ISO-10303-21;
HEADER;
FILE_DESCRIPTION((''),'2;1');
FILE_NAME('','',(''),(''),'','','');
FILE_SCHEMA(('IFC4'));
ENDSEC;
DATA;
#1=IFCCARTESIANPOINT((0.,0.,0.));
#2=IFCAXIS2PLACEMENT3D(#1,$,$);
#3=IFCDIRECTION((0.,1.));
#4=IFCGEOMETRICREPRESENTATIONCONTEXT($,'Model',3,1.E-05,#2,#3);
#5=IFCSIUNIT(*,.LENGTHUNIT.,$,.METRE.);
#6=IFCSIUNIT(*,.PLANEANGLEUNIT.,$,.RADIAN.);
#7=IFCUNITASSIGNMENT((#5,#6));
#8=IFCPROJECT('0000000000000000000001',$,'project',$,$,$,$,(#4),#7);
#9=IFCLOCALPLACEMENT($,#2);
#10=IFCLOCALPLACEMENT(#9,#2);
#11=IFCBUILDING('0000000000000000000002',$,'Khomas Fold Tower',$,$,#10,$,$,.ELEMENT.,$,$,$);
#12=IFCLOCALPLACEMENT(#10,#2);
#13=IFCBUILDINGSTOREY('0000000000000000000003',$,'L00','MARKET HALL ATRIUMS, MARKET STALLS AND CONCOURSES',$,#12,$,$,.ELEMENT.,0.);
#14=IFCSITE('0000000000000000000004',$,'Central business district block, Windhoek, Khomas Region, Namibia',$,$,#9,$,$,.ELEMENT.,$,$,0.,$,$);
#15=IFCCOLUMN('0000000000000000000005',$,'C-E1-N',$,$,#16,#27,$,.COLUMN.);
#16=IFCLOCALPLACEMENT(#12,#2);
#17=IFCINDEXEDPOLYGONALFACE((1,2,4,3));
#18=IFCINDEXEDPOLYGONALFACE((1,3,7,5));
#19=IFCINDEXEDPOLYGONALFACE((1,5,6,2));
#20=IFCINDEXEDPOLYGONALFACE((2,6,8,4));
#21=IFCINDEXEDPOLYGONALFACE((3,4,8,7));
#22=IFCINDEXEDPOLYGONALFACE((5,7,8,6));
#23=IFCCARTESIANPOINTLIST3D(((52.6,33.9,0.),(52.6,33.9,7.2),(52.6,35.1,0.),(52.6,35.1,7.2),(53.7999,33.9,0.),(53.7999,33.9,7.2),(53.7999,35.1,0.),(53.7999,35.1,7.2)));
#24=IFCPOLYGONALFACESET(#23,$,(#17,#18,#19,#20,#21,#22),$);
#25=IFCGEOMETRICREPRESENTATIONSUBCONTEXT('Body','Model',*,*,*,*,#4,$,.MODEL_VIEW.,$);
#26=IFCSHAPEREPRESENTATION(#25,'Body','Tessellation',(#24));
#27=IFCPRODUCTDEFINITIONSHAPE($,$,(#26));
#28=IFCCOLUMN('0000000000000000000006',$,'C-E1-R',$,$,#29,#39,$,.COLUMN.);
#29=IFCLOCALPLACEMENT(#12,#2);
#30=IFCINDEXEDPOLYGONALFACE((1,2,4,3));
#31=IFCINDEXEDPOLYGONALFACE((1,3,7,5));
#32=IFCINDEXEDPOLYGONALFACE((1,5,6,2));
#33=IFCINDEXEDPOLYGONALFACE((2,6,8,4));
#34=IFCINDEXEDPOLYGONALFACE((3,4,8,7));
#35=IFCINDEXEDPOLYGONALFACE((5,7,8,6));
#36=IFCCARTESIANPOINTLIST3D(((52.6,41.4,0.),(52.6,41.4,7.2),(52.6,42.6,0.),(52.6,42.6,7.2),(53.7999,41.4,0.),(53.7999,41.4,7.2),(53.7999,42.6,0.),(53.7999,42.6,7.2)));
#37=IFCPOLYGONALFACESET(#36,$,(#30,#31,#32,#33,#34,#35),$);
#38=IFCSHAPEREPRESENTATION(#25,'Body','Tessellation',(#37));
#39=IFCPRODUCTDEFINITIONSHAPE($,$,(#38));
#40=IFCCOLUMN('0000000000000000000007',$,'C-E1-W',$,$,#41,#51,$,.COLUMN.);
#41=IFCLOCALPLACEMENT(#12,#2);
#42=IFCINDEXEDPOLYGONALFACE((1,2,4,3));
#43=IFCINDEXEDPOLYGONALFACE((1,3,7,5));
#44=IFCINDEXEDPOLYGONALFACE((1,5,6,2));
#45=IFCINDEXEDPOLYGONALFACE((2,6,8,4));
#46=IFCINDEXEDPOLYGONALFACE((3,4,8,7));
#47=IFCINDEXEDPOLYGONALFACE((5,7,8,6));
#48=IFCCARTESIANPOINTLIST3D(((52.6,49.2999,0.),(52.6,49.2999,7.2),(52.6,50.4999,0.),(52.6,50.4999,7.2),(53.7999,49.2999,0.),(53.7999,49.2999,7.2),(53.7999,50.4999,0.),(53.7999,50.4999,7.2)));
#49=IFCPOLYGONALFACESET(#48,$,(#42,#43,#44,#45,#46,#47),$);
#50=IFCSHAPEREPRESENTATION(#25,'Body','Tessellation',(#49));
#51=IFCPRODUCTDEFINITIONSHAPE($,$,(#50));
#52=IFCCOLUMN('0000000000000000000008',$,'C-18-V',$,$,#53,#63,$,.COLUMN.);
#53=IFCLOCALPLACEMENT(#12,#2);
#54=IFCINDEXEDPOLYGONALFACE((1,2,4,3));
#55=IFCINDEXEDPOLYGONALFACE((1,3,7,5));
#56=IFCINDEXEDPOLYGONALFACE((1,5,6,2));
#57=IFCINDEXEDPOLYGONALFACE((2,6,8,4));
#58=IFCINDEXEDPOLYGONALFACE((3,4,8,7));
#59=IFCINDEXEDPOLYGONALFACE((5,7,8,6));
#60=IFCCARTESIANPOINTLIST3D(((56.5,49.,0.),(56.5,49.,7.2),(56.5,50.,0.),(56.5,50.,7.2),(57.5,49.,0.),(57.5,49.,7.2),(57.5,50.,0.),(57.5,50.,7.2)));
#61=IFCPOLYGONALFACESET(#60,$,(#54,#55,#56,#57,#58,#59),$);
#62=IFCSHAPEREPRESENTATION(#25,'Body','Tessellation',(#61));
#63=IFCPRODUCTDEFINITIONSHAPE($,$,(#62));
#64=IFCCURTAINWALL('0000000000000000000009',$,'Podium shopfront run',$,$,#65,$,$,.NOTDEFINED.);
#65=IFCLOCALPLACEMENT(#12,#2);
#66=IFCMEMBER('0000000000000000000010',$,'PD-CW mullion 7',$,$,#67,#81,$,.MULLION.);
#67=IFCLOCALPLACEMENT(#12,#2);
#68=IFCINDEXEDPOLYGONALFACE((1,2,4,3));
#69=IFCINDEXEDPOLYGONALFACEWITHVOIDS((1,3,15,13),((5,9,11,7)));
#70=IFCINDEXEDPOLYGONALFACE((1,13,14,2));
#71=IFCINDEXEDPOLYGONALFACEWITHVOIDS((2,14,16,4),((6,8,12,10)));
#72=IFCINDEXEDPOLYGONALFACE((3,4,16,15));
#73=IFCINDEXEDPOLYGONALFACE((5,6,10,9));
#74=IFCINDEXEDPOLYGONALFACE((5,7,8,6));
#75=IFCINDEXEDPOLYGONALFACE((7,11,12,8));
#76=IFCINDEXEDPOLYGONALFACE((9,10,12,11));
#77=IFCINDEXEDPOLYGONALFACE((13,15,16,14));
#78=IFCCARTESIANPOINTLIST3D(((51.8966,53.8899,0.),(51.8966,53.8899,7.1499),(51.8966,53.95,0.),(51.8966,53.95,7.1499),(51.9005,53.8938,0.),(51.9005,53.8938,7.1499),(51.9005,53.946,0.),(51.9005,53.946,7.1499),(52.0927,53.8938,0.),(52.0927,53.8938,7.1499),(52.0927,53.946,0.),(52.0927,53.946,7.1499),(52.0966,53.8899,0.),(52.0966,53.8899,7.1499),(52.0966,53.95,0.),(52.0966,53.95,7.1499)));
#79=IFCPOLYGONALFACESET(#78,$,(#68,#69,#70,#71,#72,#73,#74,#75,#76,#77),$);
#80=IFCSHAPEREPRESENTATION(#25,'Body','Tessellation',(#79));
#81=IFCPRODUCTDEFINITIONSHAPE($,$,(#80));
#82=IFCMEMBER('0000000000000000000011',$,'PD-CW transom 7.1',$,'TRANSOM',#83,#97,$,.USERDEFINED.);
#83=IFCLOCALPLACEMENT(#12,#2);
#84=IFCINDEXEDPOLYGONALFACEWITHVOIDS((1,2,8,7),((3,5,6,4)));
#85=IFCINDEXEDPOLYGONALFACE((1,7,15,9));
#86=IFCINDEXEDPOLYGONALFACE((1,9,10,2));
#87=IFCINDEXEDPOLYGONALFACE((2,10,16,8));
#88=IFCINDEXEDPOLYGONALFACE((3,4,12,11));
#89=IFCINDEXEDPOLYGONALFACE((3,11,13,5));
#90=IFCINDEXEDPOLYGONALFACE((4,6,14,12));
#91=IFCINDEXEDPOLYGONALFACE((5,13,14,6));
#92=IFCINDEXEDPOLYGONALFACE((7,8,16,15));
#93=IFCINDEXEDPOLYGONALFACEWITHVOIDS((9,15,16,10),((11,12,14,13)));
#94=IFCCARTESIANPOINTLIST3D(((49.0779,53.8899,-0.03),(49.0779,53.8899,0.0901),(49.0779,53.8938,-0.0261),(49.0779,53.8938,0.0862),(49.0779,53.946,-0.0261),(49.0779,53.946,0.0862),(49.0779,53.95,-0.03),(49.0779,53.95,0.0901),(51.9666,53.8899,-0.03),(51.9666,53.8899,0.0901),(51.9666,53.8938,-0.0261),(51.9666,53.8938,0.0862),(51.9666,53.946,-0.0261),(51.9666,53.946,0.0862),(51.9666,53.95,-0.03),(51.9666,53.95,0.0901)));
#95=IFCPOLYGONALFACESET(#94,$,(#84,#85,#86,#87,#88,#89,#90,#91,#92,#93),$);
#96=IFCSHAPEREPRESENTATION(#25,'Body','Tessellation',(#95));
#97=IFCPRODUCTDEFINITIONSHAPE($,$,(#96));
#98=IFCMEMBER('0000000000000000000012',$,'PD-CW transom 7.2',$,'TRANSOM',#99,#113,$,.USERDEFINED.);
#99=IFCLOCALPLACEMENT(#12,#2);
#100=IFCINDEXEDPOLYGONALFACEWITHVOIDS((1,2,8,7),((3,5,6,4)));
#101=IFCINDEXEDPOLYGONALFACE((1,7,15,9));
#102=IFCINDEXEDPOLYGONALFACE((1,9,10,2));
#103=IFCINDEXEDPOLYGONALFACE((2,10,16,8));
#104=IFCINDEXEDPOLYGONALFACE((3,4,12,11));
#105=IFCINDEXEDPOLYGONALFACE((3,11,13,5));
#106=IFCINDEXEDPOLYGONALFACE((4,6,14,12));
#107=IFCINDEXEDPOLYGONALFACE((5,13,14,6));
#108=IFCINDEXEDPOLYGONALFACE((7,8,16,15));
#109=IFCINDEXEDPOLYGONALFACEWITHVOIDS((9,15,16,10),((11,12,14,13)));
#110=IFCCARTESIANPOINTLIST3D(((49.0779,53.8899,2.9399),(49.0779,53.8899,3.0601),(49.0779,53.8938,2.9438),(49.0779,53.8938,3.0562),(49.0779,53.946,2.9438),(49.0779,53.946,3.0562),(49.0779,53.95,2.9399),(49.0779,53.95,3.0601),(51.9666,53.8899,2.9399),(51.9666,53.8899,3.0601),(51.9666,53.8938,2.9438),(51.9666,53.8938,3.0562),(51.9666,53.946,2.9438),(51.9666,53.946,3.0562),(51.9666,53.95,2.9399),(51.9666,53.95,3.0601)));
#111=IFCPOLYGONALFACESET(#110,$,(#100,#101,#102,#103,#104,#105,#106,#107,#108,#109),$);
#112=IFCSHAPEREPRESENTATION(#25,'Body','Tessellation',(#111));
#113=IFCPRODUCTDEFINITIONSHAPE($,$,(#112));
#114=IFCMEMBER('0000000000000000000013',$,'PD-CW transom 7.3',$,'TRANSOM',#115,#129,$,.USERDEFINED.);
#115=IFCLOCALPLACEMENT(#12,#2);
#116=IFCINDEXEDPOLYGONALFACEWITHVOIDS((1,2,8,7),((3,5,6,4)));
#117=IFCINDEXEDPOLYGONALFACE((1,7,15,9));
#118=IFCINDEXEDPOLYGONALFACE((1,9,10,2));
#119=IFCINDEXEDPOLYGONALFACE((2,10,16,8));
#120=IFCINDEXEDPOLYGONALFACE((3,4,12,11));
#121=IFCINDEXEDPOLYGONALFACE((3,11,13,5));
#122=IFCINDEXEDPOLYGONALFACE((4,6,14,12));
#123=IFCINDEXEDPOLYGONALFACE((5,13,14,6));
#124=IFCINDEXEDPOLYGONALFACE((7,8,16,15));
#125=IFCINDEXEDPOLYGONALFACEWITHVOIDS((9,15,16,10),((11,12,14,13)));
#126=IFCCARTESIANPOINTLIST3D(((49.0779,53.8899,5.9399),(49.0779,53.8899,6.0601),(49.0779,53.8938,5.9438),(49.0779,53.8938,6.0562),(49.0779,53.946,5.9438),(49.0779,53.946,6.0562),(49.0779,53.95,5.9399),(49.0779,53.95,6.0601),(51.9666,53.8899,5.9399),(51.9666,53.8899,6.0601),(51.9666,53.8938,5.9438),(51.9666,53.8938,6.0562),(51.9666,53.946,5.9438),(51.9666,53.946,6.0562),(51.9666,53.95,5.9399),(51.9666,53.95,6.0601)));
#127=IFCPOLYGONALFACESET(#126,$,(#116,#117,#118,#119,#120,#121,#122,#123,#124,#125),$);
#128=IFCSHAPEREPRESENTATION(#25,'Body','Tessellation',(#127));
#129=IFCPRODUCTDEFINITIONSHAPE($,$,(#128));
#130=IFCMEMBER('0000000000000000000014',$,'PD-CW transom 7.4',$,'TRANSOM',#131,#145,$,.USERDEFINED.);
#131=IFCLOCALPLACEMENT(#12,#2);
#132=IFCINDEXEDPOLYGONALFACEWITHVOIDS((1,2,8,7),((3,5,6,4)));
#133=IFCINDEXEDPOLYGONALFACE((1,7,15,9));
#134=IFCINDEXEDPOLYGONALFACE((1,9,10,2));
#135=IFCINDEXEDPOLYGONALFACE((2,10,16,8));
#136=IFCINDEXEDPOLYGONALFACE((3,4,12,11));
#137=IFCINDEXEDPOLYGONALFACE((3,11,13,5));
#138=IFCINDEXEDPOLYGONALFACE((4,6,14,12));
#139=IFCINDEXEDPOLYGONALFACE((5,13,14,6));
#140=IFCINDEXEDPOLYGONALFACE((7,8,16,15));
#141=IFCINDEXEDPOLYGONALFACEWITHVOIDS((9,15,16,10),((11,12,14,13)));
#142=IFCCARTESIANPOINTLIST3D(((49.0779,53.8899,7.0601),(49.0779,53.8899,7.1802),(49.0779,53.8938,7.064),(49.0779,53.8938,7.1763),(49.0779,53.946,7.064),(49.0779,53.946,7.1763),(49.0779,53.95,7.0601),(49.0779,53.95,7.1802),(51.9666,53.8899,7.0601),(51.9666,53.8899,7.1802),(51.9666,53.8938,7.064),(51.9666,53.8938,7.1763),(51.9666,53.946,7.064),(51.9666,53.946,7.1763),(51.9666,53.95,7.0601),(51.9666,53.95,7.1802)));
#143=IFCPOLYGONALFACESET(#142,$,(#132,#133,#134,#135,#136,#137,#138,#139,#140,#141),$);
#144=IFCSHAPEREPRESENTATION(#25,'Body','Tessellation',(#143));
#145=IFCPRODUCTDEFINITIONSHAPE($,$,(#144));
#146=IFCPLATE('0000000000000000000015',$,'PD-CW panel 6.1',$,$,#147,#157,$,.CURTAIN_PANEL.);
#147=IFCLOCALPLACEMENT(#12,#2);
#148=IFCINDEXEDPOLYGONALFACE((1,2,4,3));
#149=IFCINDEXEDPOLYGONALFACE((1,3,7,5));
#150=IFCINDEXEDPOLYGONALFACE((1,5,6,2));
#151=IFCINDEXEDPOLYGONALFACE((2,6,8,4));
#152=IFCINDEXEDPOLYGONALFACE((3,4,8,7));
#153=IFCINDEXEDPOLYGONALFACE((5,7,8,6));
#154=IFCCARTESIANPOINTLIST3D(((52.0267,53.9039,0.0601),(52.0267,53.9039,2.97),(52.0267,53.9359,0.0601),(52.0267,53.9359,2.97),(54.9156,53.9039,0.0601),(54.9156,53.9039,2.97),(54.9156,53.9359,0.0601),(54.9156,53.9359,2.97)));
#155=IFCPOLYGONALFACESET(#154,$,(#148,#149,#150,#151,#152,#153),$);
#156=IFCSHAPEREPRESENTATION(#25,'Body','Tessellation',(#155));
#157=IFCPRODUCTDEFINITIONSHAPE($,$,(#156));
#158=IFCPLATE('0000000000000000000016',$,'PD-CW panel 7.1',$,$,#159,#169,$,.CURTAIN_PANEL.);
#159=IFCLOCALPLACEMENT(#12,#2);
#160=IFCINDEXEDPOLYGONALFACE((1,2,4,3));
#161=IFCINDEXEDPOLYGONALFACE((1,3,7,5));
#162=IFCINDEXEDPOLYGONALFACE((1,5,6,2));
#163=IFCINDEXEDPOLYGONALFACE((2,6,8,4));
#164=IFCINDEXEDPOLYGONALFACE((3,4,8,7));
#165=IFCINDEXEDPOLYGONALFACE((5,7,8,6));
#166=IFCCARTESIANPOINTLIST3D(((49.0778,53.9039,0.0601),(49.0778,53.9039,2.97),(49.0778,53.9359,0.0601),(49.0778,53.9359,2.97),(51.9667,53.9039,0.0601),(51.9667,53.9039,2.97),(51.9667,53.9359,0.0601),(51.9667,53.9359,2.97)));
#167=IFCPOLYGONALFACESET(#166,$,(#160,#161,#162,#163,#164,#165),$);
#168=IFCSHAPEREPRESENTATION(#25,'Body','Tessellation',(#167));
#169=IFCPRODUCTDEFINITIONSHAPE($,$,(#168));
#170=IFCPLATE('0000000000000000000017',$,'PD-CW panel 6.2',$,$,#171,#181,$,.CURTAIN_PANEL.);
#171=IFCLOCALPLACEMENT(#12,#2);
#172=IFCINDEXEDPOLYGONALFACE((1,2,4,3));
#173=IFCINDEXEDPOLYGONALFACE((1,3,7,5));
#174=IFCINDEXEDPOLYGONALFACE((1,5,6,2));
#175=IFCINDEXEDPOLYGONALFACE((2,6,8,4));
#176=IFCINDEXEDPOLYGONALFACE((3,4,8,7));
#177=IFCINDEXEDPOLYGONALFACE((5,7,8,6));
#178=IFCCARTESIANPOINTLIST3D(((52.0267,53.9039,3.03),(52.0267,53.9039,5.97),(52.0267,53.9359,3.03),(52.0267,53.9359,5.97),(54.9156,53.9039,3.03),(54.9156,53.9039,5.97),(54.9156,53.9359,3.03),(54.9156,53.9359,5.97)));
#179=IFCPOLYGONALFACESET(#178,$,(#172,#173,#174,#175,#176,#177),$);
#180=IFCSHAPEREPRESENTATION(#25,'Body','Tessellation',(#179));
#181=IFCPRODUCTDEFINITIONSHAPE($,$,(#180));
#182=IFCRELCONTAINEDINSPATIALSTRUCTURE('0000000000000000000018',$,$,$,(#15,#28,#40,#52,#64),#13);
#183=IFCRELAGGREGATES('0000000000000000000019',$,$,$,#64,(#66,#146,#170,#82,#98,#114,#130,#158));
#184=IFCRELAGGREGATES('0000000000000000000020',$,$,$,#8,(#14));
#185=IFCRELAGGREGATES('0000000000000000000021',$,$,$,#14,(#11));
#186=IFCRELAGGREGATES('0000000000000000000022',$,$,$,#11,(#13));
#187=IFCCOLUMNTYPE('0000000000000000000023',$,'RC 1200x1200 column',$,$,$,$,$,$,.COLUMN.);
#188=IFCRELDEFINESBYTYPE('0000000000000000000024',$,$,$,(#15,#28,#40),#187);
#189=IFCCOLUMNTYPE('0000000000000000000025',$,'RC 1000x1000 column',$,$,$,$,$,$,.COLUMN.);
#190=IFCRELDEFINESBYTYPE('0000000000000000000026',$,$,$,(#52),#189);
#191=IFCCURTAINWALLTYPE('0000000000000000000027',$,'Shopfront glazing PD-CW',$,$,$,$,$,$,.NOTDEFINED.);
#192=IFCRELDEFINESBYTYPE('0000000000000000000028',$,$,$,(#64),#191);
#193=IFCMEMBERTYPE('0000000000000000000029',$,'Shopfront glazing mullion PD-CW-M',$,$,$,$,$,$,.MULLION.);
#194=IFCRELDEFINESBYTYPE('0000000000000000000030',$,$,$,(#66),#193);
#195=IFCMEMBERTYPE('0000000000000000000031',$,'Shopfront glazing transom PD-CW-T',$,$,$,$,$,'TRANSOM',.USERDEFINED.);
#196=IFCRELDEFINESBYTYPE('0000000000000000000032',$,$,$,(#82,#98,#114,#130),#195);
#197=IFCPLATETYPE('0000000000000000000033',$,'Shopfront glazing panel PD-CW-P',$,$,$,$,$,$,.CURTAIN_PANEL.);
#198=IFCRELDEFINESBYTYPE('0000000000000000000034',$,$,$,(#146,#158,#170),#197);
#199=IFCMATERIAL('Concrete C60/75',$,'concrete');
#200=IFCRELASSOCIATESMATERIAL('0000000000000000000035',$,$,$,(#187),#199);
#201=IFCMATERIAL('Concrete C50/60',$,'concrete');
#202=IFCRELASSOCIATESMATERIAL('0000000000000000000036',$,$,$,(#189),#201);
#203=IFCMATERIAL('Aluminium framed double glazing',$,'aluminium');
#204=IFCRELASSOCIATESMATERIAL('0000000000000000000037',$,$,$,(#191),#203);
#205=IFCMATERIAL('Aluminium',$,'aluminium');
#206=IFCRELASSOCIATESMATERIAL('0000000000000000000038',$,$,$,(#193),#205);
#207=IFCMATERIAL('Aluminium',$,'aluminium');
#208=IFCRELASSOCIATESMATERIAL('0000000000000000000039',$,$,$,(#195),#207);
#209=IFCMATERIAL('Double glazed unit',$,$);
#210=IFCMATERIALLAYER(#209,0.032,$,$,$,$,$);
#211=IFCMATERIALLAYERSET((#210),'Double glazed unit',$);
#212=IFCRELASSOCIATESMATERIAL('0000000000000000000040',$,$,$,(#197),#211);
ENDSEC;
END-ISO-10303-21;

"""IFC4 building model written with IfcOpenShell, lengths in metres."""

from ifc_helpers import new_model, si_unit, direction, frame, origin, origin_2d, place, context, subcontext, project, spatial, rectangle, hollow_rectangle, extrude, source, transform, mapped, material, layer, layer_set, material_profile, profile_set, type_object, element, aggregate, save


model = new_model("IFC4")

# Units and contexts
model_context = context("Model", 3, precision=1e-05, world=origin(), true_north=direction((0.0, 1.0)))
body_context = subcontext(model_context, "Body", "Model", "MODEL_VIEW")
ifc_project = project(units=[si_unit("LENGTHUNIT", "METRE"), si_unit("PLANEANGLEUNIT", "RADIAN")], contexts=[model_context])

# Site, building, storey
site_placement = place(None, origin())
site = spatial("IfcSite", under=ifc_project, at=site_placement, Name="Central business district block, Windhoek, Khomas Region, Namibia", CompositionType="ELEMENT", RefElevation=0.0)
building_placement = place(site_placement, origin())
building = spatial("IfcBuilding", under=site, at=building_placement, Name="Khomas Fold Tower", CompositionType="ELEMENT")
storey_placement = place(building_placement, origin())
storey = spatial("IfcBuildingStorey", under=building, at=storey_placement, Name="L00", Description="MARKET HALL ATRIUMS, MARKET STALLS AND CONCOURSES", CompositionType="ELEMENT", Elevation=0.0)

# Columns
ifc_material_1 = material(Name="Concrete C60/75", Category="concrete")
ifc_material_profile_1 = material_profile(ifc_material_1, rectangle(XDim=1.2, YDim=1.2, at=origin_2d()), Name="RC 1200x1200")
ifc_profile_set_1 = profile_set([ifc_material_profile_1], Name="Concrete C60/75")
column_type_1 = type_object("IfcColumnType", Name="RC 1200x1200 column", PredefinedType="COLUMN", material=ifc_profile_set_1)
shared_shape_1 = source(origin(), body_context, "Body", "SweptSolid", [
    extrude(rectangle(XDim=1.2, YDim=1.2, at=origin_2d()), origin(), (0.0, 0.0, 1.0), 7.2),
])
for number, where, z_axis, x_axis, name in (
    (1, (53.2, 34.5, 0.0), (0.0, 0.0, 1.0), (1.0, 0.0, 0.0), "C-E1-N"),
    (2, (53.2, 42.0, 0.0), (0.0, 0.0, 1.0), (1.0, 0.0, 0.0), "C-E1-R"),
    (3, (53.2, 49.8999, 0.0), (0.0, 0.0, 1.0), (1.0, 0.0, 0.0), "C-E1-W"),
):
    element("IfcColumn", number, at=place(storey_placement, frame(where, z_axis=z_axis, x_axis=x_axis)), inside=storey, type_object=column_type_1, Name=name, PredefinedType="COLUMN", context=body_context, shape_type="MappedRepresentation", body=[
        mapped(shared_shape_1, transform((0.0, 0.0, 0.0))),
    ])
ifc_material_2 = material(Name="Concrete C50/60", Category="concrete")
ifc_material_profile_2 = material_profile(ifc_material_2, rectangle(XDim=1.0, YDim=1.0, at=origin_2d()), Name="RC 1000x1000")
ifc_profile_set_2 = profile_set([ifc_material_profile_2], Name="Concrete C50/60")
column_type_2 = type_object("IfcColumnType", Name="RC 1000x1000 column", PredefinedType="COLUMN", material=ifc_profile_set_2)
shared_shape_2 = source(origin(), body_context, "Body", "SweptSolid", [
    extrude(rectangle(XDim=1.0, YDim=1.0, at=origin_2d()), origin(), (0.0, 0.0, 1.0), 7.2),
])
column_placement = place(storey_placement, frame((57.0, 49.5, 0.0), z_axis=(0.0, 0.0, 1.0), x_axis=(1.0, 0.0, 0.0)))
element("IfcColumn", 4, at=column_placement, inside=storey, type_object=column_type_2, Name="C-18-V", PredefinedType="COLUMN", context=body_context, shape_type="MappedRepresentation", body=[
    mapped(shared_shape_2, transform((0.0, 0.0, 0.0))),
])

# Curtain wall, members, plates
ifc_material_3 = material(Name="Aluminium framed double glazing", Category="aluminium")
curtain_wall_type = type_object("IfcCurtainWallType", Name="Shopfront glazing PD-CW", PredefinedType="NOTDEFINED", material=ifc_material_3)
curtain_wall_placement = place(storey_placement, origin())
curtain_wall = element("IfcCurtainWall", 5, at=curtain_wall_placement, inside=storey, type_object=curtain_wall_type, Name="Podium shopfront run", PredefinedType="NOTDEFINED")
ifc_material_4 = material(Name="Aluminium", Category="aluminium")
ifc_material_profile_3 = material_profile(ifc_material_4, hollow_rectangle(XDim=0.0601, YDim=0.2, WallThickness=0.0039, at=origin_2d()), Name="Shopfront glazing mullion PD-CW-M")
ifc_profile_set_3 = profile_set([ifc_material_profile_3], Name="Aluminium")
member_type_1 = type_object("IfcMemberType", Name="Shopfront glazing mullion PD-CW-M", PredefinedType="MULLION", material=ifc_profile_set_3)
shared_shape_3 = source(origin(), body_context, "Body", "SweptSolid", [
    extrude(hollow_rectangle(XDim=0.0601, YDim=0.2, WallThickness=0.0039, at=origin_2d()), origin(), (0.0, 0.0, 1.0), 7.1499),
])
member_1_placement = place(storey_placement, frame((51.9966, 53.9199, 0.0), z_axis=(0.0, 0.0, 1.0), x_axis=(0.0, -1.0, 0.0)))
member_1 = element("IfcMember", 6, at=member_1_placement, type_object=member_type_1, Name="PD-CW mullion 7", PredefinedType="MULLION", context=body_context, shape_type="MappedRepresentation", body=[
    mapped(shared_shape_3, transform((0.0, 0.0, 0.0))),
])
ifc_material_5 = material(Name="Aluminium", Category="aluminium")
ifc_material_profile_4 = material_profile(ifc_material_5, hollow_rectangle(XDim=0.0601, YDim=0.1201, WallThickness=0.0039, at=origin_2d()), Name="Shopfront glazing transom PD-CW-T")
ifc_profile_set_4 = profile_set([ifc_material_profile_4], Name="Aluminium")
member_type_2 = type_object("IfcMemberType", Name="Shopfront glazing transom PD-CW-T", ElementType="TRANSOM", PredefinedType="USERDEFINED", material=ifc_profile_set_4)
shared_shape_4 = source(origin(), body_context, "Body", "SweptSolid", [
    extrude(hollow_rectangle(XDim=0.0601, YDim=0.1201, WallThickness=0.0039, at=origin_2d()), origin(), (0.0, 0.0, 1.0), 2.8887),
])
member_2_placement = place(storey_placement, frame((51.9666, 53.9199, 0.03), z_axis=(-1.0, 0.0, 0.0), x_axis=(0.0, -1.0, 0.0)))
member_2 = element("IfcMember", 7, at=member_2_placement, type_object=member_type_2, Name="PD-CW transom 7.1", ObjectType="TRANSOM", PredefinedType="USERDEFINED", context=body_context, shape_type="MappedRepresentation", body=[
    mapped(shared_shape_4, transform((0.0, 0.0, 0.0))),
])
member_3_placement = place(storey_placement, frame((51.9666, 53.9199, 3.0), z_axis=(-1.0, 0.0, 0.0), x_axis=(0.0, -1.0, 0.0)))
member_3 = element("IfcMember", 8, at=member_3_placement, type_object=member_type_2, Name="PD-CW transom 7.2", ObjectType="TRANSOM", PredefinedType="USERDEFINED", context=body_context, shape_type="MappedRepresentation", body=[
    mapped(shared_shape_4, transform((0.0, 0.0, 0.0))),
])
member_4_placement = place(storey_placement, frame((51.9666, 53.9199, 6.0), z_axis=(-1.0, 0.0, 0.0), x_axis=(0.0, -1.0, 0.0)))
member_4 = element("IfcMember", 9, at=member_4_placement, type_object=member_type_2, Name="PD-CW transom 7.3", ObjectType="TRANSOM", PredefinedType="USERDEFINED", context=body_context, shape_type="MappedRepresentation", body=[
    mapped(shared_shape_4, transform((0.0, 0.0, 0.0))),
])
member_5_placement = place(storey_placement, frame((51.9666, 53.9199, 7.1201), z_axis=(-1.0, 0.0, 0.0), x_axis=(0.0, -1.0, 0.0)))
member_5 = element("IfcMember", 10, at=member_5_placement, type_object=member_type_2, Name="PD-CW transom 7.4", ObjectType="TRANSOM", PredefinedType="USERDEFINED", context=body_context, shape_type="MappedRepresentation", body=[
    mapped(shared_shape_4, transform((0.0, 0.0, 0.0))),
])
ifc_material_6 = material(Name="Double glazed unit")
ifc_layer_1 = layer(ifc_material_6, 0.032)
ifc_layer_set_1 = layer_set([ifc_layer_1], Name="Double glazed unit")
plate_type = type_object("IfcPlateType", Name="Shopfront glazing panel PD-CW-P", PredefinedType="CURTAIN_PANEL", material=ifc_layer_set_1)
shared_shape_5 = source(origin(), body_context, "Body", "SweptSolid", [
    extrude(rectangle(XDim=2.8889, YDim=0.032, at=origin_2d()), origin(), (0.0, 0.0, 1.0), 2.9099),
])
plate_1_placement = place(storey_placement, frame((53.4712, 53.9199, 0.0601), z_axis=(0.0, 0.0, 1.0), x_axis=(-1.0, 0.0, 0.0)))
plate_1 = element("IfcPlate", 11, at=plate_1_placement, type_object=plate_type, Name="PD-CW panel 6.1", PredefinedType="CURTAIN_PANEL", context=body_context, shape_type="MappedRepresentation", body=[
    mapped(shared_shape_5, transform((0.0, 0.0, 0.0))),
])
plate_2_placement = place(storey_placement, frame((50.5222, 53.9199, 0.0601), z_axis=(0.0, 0.0, 1.0), x_axis=(-1.0, 0.0, 0.0)))
plate_2 = element("IfcPlate", 12, at=plate_2_placement, type_object=plate_type, Name="PD-CW panel 7.1", PredefinedType="CURTAIN_PANEL", context=body_context, shape_type="MappedRepresentation", body=[
    mapped(shared_shape_5, transform((0.0, 0.0, 0.0))),
])
shared_shape_6 = source(origin(), body_context, "Body", "SweptSolid", [
    extrude(rectangle(XDim=2.8889, YDim=0.032, at=origin_2d()), origin(), (0.0, 0.0, 1.0), 2.9399),
])
plate_3_placement = place(storey_placement, frame((53.4712, 53.9199, 3.03), z_axis=(0.0, 0.0, 1.0), x_axis=(-1.0, 0.0, 0.0)))
plate_3 = element("IfcPlate", 13, at=plate_3_placement, type_object=plate_type, Name="PD-CW panel 6.2", PredefinedType="CURTAIN_PANEL", context=body_context, shape_type="MappedRepresentation", body=[
    mapped(shared_shape_6, transform((0.0, 0.0, 0.0))),
])
aggregate(curtain_wall, [member_1, plate_1, plate_3, member_2, member_3, member_4, member_5, plate_2])

save(model, "model.ifc")
